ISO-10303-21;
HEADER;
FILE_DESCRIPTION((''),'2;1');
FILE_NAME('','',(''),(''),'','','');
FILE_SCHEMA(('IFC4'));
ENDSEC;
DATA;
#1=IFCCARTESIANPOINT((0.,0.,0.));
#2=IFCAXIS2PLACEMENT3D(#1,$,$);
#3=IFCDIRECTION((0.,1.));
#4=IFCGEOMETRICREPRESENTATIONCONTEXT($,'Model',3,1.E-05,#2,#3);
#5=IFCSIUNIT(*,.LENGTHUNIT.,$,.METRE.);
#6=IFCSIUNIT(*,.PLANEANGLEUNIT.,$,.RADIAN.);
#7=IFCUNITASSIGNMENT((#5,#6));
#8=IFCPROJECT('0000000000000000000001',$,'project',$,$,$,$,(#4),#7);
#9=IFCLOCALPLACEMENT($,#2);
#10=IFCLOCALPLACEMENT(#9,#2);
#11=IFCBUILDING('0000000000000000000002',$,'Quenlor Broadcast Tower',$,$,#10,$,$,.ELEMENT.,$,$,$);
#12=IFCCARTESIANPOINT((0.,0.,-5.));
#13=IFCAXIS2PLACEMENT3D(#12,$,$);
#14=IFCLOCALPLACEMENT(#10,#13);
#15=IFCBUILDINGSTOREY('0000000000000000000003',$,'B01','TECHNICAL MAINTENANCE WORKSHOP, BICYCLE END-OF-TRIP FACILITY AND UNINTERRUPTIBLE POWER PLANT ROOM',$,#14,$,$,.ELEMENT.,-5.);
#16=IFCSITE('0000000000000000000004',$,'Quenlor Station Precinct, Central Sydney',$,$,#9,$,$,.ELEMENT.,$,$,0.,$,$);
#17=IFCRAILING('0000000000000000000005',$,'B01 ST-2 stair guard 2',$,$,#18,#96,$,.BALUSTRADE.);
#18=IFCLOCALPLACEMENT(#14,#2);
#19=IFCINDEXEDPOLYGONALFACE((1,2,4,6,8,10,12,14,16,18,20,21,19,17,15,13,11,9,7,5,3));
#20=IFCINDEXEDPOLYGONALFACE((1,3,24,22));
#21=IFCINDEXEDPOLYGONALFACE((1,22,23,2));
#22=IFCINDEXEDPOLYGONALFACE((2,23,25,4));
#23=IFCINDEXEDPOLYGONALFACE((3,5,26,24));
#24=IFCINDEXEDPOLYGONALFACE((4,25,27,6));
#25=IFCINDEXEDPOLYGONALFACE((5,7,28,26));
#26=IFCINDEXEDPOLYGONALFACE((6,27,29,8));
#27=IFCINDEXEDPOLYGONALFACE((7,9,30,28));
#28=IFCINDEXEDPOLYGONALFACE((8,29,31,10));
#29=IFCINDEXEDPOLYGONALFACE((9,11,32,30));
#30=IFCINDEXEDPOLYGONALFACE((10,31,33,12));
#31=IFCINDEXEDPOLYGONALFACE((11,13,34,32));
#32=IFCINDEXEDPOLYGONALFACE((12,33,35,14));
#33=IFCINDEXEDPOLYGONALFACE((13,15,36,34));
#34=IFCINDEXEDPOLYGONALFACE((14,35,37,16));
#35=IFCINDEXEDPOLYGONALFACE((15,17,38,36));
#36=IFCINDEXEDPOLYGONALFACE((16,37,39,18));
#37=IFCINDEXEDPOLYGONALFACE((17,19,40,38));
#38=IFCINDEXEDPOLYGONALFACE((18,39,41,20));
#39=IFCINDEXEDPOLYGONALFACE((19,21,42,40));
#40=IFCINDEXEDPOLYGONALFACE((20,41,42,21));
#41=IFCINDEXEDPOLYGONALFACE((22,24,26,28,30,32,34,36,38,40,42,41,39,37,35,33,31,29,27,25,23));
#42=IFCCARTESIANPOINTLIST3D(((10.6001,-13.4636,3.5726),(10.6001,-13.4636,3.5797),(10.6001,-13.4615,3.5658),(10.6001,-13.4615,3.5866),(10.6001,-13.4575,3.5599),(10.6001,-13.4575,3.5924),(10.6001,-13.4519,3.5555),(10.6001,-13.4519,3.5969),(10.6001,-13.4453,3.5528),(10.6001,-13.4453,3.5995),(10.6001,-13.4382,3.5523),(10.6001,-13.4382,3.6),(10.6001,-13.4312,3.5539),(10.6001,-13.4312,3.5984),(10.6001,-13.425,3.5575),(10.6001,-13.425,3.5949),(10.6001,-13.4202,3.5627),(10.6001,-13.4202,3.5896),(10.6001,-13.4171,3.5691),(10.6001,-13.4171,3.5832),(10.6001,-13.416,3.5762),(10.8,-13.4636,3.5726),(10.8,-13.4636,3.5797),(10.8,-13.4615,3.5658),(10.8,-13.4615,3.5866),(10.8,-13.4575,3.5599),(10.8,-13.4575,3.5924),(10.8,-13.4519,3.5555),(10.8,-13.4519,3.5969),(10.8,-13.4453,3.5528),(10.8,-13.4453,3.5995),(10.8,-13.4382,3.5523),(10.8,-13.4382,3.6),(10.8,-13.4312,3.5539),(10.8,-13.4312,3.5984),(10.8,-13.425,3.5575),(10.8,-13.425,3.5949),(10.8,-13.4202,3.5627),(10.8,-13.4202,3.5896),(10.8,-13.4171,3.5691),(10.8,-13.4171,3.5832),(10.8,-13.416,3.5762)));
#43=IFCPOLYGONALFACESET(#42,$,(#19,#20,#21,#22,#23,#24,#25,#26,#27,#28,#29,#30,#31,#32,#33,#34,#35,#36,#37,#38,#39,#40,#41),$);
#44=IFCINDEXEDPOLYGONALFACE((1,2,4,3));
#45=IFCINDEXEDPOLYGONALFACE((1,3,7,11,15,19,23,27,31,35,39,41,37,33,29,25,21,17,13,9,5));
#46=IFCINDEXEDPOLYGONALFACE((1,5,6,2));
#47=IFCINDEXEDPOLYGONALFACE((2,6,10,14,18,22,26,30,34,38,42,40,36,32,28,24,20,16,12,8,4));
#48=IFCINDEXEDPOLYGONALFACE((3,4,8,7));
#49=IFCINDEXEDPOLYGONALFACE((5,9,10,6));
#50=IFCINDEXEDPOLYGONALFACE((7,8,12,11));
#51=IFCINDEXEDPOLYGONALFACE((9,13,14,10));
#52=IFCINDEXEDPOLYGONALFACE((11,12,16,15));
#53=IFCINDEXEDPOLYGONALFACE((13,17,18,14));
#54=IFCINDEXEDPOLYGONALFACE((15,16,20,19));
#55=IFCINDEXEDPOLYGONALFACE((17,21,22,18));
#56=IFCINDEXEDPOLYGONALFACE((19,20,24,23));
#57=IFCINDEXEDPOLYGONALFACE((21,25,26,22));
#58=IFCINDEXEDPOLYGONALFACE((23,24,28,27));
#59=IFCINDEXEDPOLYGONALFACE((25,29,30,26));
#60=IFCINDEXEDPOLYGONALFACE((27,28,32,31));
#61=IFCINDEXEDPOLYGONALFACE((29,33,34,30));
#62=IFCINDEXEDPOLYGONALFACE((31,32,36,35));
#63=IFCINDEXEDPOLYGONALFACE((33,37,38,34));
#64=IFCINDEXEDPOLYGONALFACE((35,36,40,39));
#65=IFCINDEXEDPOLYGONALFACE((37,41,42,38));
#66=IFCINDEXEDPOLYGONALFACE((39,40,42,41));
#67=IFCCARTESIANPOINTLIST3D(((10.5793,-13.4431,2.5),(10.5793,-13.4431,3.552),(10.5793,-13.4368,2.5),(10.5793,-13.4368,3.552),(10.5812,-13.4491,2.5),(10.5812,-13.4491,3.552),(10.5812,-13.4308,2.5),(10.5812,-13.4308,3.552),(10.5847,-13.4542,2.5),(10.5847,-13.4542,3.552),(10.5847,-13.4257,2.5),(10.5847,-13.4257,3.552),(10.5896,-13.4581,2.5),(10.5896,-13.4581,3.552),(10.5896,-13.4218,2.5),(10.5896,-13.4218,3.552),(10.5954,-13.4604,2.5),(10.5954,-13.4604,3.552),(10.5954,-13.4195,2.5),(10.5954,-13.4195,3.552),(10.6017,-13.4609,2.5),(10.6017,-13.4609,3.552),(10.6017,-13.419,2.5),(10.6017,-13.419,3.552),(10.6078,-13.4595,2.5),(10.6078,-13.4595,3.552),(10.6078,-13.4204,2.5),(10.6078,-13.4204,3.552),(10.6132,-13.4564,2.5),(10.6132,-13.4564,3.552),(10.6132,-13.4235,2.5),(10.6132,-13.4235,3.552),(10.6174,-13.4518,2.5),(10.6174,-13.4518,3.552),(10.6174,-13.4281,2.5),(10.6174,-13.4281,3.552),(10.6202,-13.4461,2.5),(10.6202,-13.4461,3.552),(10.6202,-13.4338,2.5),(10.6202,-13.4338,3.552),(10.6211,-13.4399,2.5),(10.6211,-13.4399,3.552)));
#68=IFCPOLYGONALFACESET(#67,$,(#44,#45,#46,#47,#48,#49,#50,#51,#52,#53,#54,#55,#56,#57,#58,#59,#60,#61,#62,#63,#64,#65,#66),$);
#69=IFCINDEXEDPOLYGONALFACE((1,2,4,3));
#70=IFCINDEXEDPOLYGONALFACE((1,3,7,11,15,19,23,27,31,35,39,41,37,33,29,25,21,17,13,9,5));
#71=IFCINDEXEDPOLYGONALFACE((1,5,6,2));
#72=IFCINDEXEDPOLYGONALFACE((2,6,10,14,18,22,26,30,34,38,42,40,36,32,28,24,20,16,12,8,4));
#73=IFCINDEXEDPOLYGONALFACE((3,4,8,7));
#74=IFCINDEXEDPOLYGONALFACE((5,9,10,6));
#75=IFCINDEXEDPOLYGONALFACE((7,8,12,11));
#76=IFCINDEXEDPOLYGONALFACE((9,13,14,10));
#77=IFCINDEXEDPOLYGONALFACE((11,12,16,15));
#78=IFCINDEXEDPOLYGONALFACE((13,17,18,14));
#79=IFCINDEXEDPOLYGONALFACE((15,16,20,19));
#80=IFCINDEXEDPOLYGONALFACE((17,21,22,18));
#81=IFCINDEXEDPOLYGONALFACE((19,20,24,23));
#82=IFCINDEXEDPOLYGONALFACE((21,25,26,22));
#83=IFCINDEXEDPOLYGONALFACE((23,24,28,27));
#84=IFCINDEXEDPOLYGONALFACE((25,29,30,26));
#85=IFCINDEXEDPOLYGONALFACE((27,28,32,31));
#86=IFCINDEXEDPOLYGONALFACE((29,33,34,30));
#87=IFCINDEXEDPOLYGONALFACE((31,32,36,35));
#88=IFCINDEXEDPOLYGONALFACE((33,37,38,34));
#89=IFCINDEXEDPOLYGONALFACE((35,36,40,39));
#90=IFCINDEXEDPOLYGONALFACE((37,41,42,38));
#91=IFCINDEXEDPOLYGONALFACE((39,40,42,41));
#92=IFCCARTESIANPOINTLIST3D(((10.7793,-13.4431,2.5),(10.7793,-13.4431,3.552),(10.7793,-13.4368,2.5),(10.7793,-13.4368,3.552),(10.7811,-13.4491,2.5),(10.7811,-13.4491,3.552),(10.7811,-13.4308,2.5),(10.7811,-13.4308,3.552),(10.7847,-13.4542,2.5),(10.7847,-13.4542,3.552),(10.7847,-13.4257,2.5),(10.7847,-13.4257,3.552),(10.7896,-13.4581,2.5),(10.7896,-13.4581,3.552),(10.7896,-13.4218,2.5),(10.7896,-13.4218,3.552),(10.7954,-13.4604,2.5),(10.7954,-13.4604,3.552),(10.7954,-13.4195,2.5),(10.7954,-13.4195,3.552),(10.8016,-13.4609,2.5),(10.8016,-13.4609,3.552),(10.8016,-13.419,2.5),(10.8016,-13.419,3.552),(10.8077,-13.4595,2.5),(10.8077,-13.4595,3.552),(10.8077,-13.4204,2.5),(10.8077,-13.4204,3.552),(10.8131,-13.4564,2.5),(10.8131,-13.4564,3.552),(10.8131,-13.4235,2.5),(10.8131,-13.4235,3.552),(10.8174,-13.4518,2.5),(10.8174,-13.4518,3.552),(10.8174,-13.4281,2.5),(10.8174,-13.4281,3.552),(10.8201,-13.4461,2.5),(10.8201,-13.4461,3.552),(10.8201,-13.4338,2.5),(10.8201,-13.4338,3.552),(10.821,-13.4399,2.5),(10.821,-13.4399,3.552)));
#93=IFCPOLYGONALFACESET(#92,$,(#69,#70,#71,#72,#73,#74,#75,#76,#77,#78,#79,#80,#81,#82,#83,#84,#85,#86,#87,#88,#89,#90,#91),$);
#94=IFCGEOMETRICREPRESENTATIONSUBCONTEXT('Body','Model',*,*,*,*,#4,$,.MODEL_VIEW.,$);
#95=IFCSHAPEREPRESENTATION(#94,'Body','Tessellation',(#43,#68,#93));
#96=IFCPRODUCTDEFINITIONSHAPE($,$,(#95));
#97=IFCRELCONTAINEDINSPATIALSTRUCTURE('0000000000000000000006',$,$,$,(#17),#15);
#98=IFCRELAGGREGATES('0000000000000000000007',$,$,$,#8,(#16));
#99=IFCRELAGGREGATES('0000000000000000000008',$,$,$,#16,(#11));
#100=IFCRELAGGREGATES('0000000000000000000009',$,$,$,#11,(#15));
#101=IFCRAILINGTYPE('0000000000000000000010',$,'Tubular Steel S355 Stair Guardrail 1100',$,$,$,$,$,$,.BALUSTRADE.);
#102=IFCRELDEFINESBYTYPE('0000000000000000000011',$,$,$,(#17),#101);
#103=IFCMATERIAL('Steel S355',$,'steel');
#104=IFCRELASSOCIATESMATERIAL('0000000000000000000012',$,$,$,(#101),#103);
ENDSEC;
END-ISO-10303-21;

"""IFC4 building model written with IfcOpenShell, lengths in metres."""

from ifc_helpers import new_model, si_unit, direction, frame, origin, origin_2d, place, context, subcontext, project, spatial, circle, extrude, material, type_object, element, save


model = new_model("IFC4")

# Units and contexts
model_context = context("Model", 3, precision=1e-05, world=origin(), true_north=direction((0.0, 1.0)))
body_context = subcontext(model_context, "Body", "Model", "MODEL_VIEW")
ifc_project = project(units=[si_unit("LENGTHUNIT", "METRE"), si_unit("PLANEANGLEUNIT", "RADIAN")], contexts=[model_context])

# Site, building, storey
site_placement = place(None, origin())
site = spatial("IfcSite", under=ifc_project, at=site_placement, Name="Quenlor Station Precinct, Central Sydney", CompositionType="ELEMENT", RefElevation=0.0)
building_placement = place(site_placement, origin())
building = spatial("IfcBuilding", under=site, at=building_placement, Name="Quenlor Broadcast Tower", CompositionType="ELEMENT")
storey_placement = place(building_placement, frame((0.0, 0.0, -5.0)))
storey = spatial("IfcBuildingStorey", under=building, at=storey_placement, Name="B01", Description="TECHNICAL MAINTENANCE WORKSHOP, BICYCLE END-OF-TRIP FACILITY AND UNINTERRUPTIBLE POWER PLANT ROOM", CompositionType="ELEMENT", Elevation=-5.0)

# Railing
ifc_material_1 = material(Name="Steel S355", Category="steel")
railing_type = type_object("IfcRailingType", Name="Tubular Steel S355 Stair Guardrail 1100", PredefinedType="BALUSTRADE", material=ifc_material_1)
railing_placement = place(storey_placement, frame((10.6001, -13.4399, 2.5)))
element("IfcRailing", 1, at=railing_placement, inside=storey, type_object=railing_type, Name="B01 ST-2 stair guard 2", PredefinedType="BALUSTRADE", context=body_context, shape_type="SweptSolid", body=[
    extrude(circle(Radius=0.0239, at=origin_2d()), frame((0.0, 0.0, 1.0762), z_axis=(1.0, 0.0, 0.0), x_axis=(0.0, 1.0, 0.0)), (0.0, 0.0, 1.0), 0.2),
    extrude(circle(Radius=0.021, at=origin_2d()), origin(), (0.0, 0.0, 1.0), 1.052),
    extrude(circle(Radius=0.021, at=origin_2d()), frame((0.2, 0.0, 0.0)), (0.0, 0.0, 1.0), 1.052),
])

save(model, "model.ifc")
